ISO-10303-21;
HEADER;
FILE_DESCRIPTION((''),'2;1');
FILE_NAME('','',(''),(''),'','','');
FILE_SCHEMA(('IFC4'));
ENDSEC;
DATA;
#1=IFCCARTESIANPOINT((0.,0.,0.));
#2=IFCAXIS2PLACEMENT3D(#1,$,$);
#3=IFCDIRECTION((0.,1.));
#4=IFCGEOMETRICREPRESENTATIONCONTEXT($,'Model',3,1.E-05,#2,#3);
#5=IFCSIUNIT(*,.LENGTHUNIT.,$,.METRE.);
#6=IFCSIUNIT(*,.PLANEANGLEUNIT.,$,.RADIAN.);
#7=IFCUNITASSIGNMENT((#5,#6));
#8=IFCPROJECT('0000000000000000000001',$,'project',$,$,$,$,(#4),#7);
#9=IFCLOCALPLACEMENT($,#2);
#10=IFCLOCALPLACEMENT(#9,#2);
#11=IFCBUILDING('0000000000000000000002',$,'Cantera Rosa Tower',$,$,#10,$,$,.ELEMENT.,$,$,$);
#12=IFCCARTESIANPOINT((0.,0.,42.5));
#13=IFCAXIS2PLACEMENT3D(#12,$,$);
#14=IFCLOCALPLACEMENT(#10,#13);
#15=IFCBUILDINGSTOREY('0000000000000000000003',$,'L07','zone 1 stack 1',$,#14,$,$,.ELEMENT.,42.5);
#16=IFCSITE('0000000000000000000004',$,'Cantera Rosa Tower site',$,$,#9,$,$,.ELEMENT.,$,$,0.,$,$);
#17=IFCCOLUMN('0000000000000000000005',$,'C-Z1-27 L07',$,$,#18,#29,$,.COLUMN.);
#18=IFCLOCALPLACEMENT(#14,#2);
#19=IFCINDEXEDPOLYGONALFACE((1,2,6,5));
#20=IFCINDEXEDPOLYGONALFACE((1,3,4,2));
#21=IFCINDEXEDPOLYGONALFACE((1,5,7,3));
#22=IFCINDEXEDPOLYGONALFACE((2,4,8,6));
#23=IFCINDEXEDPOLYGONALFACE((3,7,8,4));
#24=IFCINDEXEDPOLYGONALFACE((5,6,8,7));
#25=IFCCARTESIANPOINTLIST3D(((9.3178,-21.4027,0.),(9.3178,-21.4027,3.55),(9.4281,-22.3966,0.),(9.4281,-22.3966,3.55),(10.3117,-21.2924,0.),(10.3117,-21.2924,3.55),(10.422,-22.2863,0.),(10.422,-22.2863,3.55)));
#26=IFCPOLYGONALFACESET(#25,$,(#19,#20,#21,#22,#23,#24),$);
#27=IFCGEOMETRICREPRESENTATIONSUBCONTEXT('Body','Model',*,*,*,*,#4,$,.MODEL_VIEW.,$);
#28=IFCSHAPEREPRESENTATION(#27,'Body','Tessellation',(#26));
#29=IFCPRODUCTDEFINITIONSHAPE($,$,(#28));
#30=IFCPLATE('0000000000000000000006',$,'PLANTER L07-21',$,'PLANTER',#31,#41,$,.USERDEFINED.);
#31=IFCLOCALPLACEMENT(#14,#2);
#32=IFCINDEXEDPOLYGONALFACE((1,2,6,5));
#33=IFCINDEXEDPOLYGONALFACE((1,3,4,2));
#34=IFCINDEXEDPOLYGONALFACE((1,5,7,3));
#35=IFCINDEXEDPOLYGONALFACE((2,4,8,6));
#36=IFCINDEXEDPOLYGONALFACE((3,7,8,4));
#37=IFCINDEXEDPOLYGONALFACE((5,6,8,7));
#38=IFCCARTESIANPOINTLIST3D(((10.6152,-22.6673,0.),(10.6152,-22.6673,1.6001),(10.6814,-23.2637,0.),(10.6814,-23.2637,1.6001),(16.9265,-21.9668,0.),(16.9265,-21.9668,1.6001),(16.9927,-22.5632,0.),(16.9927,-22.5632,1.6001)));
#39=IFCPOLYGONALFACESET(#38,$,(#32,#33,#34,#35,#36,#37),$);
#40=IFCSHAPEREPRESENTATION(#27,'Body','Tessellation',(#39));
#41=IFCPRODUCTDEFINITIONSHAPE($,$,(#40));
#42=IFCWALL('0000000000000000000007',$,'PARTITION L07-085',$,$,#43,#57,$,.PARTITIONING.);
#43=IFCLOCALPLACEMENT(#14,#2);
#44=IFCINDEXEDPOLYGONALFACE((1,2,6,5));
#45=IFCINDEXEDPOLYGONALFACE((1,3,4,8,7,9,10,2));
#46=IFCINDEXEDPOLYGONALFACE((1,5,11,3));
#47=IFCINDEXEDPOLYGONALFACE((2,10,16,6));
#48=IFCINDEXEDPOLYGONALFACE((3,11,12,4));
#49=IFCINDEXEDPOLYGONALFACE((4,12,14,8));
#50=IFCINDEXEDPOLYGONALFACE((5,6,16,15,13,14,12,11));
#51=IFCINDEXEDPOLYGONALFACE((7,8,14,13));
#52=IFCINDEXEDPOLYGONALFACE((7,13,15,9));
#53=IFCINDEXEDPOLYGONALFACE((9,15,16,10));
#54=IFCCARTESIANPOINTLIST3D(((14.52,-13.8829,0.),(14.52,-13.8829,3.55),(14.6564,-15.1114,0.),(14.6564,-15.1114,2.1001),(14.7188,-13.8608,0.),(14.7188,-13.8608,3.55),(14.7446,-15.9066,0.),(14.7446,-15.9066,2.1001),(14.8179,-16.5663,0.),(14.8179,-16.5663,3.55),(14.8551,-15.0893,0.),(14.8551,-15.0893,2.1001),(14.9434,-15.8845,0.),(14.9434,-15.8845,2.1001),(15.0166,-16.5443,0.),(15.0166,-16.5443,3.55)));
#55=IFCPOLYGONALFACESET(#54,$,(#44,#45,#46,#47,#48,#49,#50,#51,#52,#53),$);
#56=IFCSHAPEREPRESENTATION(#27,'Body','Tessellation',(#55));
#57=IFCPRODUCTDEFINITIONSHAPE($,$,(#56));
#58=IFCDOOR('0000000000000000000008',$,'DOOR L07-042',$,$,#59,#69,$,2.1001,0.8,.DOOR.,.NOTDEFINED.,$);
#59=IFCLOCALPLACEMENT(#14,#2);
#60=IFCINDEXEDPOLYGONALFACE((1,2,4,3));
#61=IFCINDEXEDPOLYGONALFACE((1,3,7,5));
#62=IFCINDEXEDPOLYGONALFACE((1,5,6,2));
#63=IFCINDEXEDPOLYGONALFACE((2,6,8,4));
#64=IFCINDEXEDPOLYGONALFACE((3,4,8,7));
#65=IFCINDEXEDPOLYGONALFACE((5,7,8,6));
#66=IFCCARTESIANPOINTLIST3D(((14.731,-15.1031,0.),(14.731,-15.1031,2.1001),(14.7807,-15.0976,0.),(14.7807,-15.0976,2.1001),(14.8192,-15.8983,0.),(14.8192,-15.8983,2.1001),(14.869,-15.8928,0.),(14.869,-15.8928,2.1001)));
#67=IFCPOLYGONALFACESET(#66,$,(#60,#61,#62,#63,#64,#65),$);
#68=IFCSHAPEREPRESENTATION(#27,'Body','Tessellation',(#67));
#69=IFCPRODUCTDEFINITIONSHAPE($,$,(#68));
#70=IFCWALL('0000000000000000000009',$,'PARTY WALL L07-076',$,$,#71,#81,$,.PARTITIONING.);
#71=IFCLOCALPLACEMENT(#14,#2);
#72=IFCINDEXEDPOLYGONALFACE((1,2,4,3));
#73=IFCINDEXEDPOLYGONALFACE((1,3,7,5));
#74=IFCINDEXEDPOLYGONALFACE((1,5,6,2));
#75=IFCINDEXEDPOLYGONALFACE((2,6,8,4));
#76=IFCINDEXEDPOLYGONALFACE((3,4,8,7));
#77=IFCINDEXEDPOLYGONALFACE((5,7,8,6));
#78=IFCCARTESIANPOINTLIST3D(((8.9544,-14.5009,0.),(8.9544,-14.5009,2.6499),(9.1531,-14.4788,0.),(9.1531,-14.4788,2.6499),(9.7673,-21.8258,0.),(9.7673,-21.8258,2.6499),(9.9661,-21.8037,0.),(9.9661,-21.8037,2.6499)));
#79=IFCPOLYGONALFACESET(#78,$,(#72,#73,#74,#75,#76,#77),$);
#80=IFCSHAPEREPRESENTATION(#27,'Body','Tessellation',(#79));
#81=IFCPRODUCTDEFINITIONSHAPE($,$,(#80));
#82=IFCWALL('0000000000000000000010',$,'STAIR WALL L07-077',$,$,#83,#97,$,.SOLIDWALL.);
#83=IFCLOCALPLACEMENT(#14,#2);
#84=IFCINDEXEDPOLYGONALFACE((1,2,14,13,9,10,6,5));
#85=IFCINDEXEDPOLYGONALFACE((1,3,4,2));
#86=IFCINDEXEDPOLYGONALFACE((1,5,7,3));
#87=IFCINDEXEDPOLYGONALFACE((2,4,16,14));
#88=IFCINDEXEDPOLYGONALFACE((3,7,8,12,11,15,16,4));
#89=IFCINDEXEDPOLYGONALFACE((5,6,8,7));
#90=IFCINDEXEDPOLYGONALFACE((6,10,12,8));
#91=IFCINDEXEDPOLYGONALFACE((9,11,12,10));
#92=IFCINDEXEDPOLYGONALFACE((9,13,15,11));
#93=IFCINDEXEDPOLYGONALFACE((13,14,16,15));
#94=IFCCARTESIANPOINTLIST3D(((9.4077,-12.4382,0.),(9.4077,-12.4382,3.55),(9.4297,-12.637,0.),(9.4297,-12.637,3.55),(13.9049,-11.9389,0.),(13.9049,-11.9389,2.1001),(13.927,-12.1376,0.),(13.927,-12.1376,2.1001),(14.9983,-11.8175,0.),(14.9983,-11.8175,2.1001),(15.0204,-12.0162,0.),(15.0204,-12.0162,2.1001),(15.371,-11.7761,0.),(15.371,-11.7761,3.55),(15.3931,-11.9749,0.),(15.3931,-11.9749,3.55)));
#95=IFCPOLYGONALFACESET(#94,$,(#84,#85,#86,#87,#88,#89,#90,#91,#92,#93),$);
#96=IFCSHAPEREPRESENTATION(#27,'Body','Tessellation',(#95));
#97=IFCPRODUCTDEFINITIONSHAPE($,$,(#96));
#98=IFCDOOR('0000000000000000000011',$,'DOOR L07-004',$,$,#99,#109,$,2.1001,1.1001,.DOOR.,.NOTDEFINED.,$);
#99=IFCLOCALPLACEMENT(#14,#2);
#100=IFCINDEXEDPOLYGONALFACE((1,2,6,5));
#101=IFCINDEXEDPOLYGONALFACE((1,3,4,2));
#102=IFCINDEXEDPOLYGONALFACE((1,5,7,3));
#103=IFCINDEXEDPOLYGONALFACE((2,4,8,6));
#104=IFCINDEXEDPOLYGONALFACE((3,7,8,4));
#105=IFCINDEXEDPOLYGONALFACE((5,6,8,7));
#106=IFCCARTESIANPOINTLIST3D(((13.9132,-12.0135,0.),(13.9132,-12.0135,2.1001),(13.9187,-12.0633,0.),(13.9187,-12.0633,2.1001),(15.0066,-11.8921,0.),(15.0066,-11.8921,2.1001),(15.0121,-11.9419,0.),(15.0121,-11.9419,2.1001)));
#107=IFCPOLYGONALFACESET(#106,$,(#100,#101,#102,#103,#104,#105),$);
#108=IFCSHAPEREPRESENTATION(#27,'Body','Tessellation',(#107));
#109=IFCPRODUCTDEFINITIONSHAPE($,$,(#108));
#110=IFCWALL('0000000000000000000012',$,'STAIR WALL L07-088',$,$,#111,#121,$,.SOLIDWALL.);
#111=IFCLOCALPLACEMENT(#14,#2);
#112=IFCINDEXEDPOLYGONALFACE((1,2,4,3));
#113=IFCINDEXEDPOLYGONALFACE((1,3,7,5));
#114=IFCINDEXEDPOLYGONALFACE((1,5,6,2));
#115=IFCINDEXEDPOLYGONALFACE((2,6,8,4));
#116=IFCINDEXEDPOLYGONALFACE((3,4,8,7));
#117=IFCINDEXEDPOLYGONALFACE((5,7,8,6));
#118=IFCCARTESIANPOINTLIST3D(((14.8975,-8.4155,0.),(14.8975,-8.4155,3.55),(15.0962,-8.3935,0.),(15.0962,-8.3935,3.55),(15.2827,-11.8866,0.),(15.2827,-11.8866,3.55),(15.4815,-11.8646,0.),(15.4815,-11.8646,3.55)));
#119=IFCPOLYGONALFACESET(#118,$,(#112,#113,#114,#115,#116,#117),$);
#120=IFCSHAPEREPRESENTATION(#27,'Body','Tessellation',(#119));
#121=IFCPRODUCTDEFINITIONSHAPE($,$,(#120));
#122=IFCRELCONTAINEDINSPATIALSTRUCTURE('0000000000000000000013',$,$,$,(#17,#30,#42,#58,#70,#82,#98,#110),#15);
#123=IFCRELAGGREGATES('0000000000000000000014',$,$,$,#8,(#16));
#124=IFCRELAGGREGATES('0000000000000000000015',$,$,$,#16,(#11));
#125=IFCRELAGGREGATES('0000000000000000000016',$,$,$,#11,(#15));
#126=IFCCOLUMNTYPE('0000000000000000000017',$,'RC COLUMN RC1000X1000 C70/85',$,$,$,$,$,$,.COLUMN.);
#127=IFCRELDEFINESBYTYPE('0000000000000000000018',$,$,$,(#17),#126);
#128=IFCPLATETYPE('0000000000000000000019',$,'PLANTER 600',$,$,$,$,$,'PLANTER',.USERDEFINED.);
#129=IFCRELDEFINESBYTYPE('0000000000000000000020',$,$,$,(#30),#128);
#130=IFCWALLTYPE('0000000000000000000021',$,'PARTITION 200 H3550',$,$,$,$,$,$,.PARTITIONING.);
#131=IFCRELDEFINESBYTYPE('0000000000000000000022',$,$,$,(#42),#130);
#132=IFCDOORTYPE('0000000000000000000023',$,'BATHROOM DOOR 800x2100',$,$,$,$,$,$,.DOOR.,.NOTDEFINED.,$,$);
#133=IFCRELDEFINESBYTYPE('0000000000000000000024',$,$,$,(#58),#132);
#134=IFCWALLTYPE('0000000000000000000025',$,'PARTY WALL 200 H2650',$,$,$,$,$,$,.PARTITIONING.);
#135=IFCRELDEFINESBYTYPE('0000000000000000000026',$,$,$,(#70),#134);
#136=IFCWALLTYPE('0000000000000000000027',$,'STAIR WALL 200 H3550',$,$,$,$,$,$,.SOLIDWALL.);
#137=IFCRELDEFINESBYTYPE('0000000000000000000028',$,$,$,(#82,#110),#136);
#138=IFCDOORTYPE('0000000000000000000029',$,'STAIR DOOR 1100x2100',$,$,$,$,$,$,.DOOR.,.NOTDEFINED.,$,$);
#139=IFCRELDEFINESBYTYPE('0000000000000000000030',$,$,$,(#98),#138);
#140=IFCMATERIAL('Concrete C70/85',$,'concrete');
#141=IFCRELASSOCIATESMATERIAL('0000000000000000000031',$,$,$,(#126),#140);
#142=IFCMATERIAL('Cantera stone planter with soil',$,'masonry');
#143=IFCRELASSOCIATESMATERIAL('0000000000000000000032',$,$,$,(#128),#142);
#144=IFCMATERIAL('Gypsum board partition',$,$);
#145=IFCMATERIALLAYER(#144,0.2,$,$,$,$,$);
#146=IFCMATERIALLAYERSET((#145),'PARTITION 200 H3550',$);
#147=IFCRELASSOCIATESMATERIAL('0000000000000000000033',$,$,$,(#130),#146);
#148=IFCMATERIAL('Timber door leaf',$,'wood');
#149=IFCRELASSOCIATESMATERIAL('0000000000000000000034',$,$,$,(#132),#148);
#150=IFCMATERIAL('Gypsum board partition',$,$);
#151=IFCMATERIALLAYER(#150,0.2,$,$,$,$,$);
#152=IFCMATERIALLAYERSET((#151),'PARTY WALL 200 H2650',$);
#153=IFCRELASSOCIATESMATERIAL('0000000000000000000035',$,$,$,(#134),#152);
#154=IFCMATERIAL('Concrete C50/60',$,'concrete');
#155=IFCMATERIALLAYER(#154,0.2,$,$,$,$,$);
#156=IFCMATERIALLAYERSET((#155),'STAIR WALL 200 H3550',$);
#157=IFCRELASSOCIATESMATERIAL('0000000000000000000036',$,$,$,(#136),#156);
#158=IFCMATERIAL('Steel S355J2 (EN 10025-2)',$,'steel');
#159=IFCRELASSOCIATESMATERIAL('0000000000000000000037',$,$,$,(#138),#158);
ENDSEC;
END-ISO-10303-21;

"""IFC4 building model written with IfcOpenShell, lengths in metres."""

from ifc_helpers import new_model, si_unit, direction, frame, frame_2d, origin, origin_2d, place, context, subcontext, project, spatial, rectangle, extrude, material, layer, layer_set, material_profile, profile_set, type_object, element, fill, save


model = new_model("IFC4")

# Units and contexts
model_context = context("Model", 3, precision=1e-05, world=origin(), true_north=direction((0.0, 1.0)))
body_context = subcontext(model_context, "Body", "Model", "MODEL_VIEW")
ifc_project = project(units=[si_unit("LENGTHUNIT", "METRE"), si_unit("PLANEANGLEUNIT", "RADIAN")], contexts=[model_context])

# Site, building, storey
site_placement = place(None, origin())
site = spatial("IfcSite", under=ifc_project, at=site_placement, Name="Cantera Rosa Tower site", CompositionType="ELEMENT", RefElevation=0.0)
building_placement = place(site_placement, origin())
building = spatial("IfcBuilding", under=site, at=building_placement, Name="Cantera Rosa Tower", CompositionType="ELEMENT")
storey_placement = place(building_placement, frame((0.0, 0.0, 42.5)))
storey = spatial("IfcBuildingStorey", under=building, at=storey_placement, Name="L07", Description="zone 1 stack 1", CompositionType="ELEMENT", Elevation=42.5)

# Column
ifc_material_1 = material(Name="Concrete C70/85", Category="concrete")
ifc_material_profile = material_profile(ifc_material_1, rectangle(XDim=1.0, YDim=1.0, at=origin_2d()), Name="RC COLUMN RC1000X1000 C70/85")
ifc_profile_set = profile_set([ifc_material_profile], Name="Concrete C70/85")
column_type = type_object("IfcColumnType", Name="RC COLUMN RC1000X1000 C70/85", PredefinedType="COLUMN", material=ifc_profile_set)
column_placement = place(storey_placement, frame((9.8699, -21.8445, 0.0), z_axis=(0.0, 0.0, 1.0), x_axis=(0.993897, 0.110313, 0.0)))
element("IfcColumn", 1, at=column_placement, inside=storey, type_object=column_type, Name="C-Z1-27 L07", PredefinedType="COLUMN", context=body_context, shape_type="SweptSolid", body=[
    extrude(rectangle(XDim=1.0, YDim=1.0, at=origin_2d()), origin(), (0.0, 0.0, 1.0), 3.55),
])

# Plate
ifc_material_2 = material(Name="Cantera stone planter with soil", Category="masonry")
plate_type = type_object("IfcPlateType", Name="PLANTER 600", ElementType="PLANTER", PredefinedType="USERDEFINED", material=ifc_material_2)
plate_placement = place(storey_placement, frame((13.804, -22.6152, 0.0), z_axis=(0.0, 0.0, 1.0), x_axis=(0.993897, 0.110313, 0.0)))
element("IfcPlate", 2, at=plate_placement, inside=storey, type_object=plate_type, Name="PLANTER L07-21", ObjectType="PLANTER", PredefinedType="USERDEFINED", context=body_context, shape_type="SweptSolid", body=[
    extrude(rectangle(XDim=6.3501, YDim=0.6001, at=origin_2d()), origin(), (0.0, 0.0, 1.0), 1.6001),
])

# Wall, opening, door
ifc_material_3 = material(Name="Gypsum board partition")
ifc_layer_1 = layer(ifc_material_3, 0.2)
ifc_layer_set_1 = layer_set([ifc_layer_1], Name="PARTITION 200 H3550")
wall_type_1 = type_object("IfcWallType", Name="PARTITION 200 H3550", PredefinedType="PARTITIONING", material=ifc_layer_set_1)
wall_1_placement = place(storey_placement, frame((14.9172, -16.5554, 0.0), z_axis=(0.0, 0.0, 1.0), x_axis=(-0.110312, 0.993897, 0.0)))
wall_1 = element("IfcWall", 3, at=wall_1_placement, inside=storey, type_object=wall_type_1, Name="PARTITION L07-085", PredefinedType="PARTITIONING", context=body_context, shape_type="SweptSolid", body=[
    extrude(rectangle(XDim=2.7, YDim=0.2, at=frame_2d((1.3501, 0.0))), origin(), (0.0, 0.0, 1.0), 3.55),
])
opening_1_placement = place(wall_1_placement, frame((0.6641, 0.0, 0.0)))
opening_1 = element("IfcOpeningElement", 4, at=opening_1_placement, cuts=wall_1, PredefinedType="OPENING", context=body_context, shape_type="SweptSolid", body=[
    extrude(rectangle(XDim=0.8, YDim=2.1001, at=frame_2d((0.3999, 1.05))), frame((0.0, 0.1099, 0.0), z_axis=(0.0, -1.0, 0.0), x_axis=(1.0, 0.0, 0.0)), (0.0, 0.0, 1.0), 0.22),
])
ifc_material_4 = material(Name="Timber door leaf", Category="wood")
door_type_1 = type_object("IfcDoorType", Name="BATHROOM DOOR 800x2100", OperationType="NOTDEFINED", PredefinedType="DOOR", material=ifc_material_4)
door_1_placement = place(opening_1_placement, origin())
door_1 = element("IfcDoor", 5, at=door_1_placement, inside=storey, type_object=door_type_1, Name="DOOR L07-042", OperationType="NOTDEFINED", OverallHeight=2.1001, OverallWidth=0.8, PredefinedType="DOOR", context=body_context, shape_type="SweptSolid", body=[
    extrude(rectangle(XDim=0.8, YDim=2.1001, at=frame_2d((0.3999, 1.05))), frame((0.0, 0.0249, 0.0), z_axis=(0.0, -1.0, 0.0), x_axis=(1.0, 0.0, 0.0)), (0.0, 0.0, 1.0), 0.05),
])
fill(opening_1, door_1)

# Wall
ifc_material_5 = material(Name="Gypsum board partition")
ifc_layer_2 = layer(ifc_material_5, 0.2)
ifc_layer_set_2 = layer_set([ifc_layer_2], Name="PARTY WALL 200 H2650")
wall_type_2 = type_object("IfcWallType", Name="PARTY WALL 200 H2650", PredefinedType="PARTITIONING", material=ifc_layer_set_2)
wall_2_placement = place(storey_placement, frame((9.0537, -14.4897, 0.0), z_axis=(0.0, 0.0, 1.0), x_axis=(0.110312, -0.993897, 0.0)))
element("IfcWall", 6, at=wall_2_placement, inside=storey, type_object=wall_type_2, Name="PARTY WALL L07-076", PredefinedType="PARTITIONING", context=body_context, shape_type="SweptSolid", body=[
    extrude(rectangle(XDim=7.3699, YDim=0.2, at=frame_2d((3.6851, 0.0))), origin(), (0.0, 0.0, 1.0), 2.6499),
])

# Wall, opening, door
ifc_material_6 = material(Name="Concrete C50/60", Category="concrete")
ifc_layer_3 = layer(ifc_material_6, 0.2)
ifc_layer_set_3 = layer_set([ifc_layer_3], Name="STAIR WALL 200 H3550")
wall_type_3 = type_object("IfcWallType", Name="STAIR WALL 200 H3550", PredefinedType="SOLIDWALL", material=ifc_layer_set_3)
wall_3_placement = place(storey_placement, frame((9.4187, -12.5376, 0.0), z_axis=(0.0, 0.0, 1.0), x_axis=(0.993893, 0.110351, 0.0)))
wall_3 = element("IfcWall", 7, at=wall_3_placement, inside=storey, type_object=wall_type_3, Name="STAIR WALL L07-077", PredefinedType="SOLIDWALL", context=body_context, shape_type="SweptSolid", body=[
    extrude(rectangle(XDim=6.0, YDim=0.2, at=frame_2d((3.0, 0.0))), origin(), (0.0, 0.0, 1.0), 3.55),
])
opening_2_placement = place(wall_3_placement, frame((4.5249, 0.0, 0.0)))
opening_2 = element("IfcOpeningElement", 8, at=opening_2_placement, cuts=wall_3, PredefinedType="OPENING", context=body_context, shape_type="SweptSolid", body=[
    extrude(rectangle(XDim=1.1001, YDim=2.1001, at=frame_2d((0.55, 1.05))), frame((0.0, 0.1099, 0.0), z_axis=(0.0, -1.0, 0.0), x_axis=(1.0, 0.0, 0.0)), (0.0, 0.0, 1.0), 0.22),
])
ifc_material_7 = material(Name="Steel S355J2 (EN 10025-2)", Category="steel")
door_type_2 = type_object("IfcDoorType", Name="STAIR DOOR 1100x2100", OperationType="NOTDEFINED", PredefinedType="DOOR", material=ifc_material_7)
door_2_placement = place(opening_2_placement, origin())
door_2 = element("IfcDoor", 9, at=door_2_placement, inside=storey, type_object=door_type_2, Name="DOOR L07-004", OperationType="NOTDEFINED", OverallHeight=2.1001, OverallWidth=1.1001, PredefinedType="DOOR", context=body_context, shape_type="SweptSolid", body=[
    extrude(rectangle(XDim=1.1001, YDim=2.1001, at=frame_2d((0.55, 1.05))), frame((0.0, 0.0249, 0.0), z_axis=(0.0, -1.0, 0.0), x_axis=(1.0, 0.0, 0.0)), (0.0, 0.0, 1.0), 0.05),
])
fill(opening_2, door_2)

# Wall
wall_4_placement = place(storey_placement, frame((15.3821, -11.8755, 0.0), z_axis=(0.0, 0.0, 1.0), x_axis=(-0.110309, 0.993897, 0.0)))
element("IfcWall", 10, at=wall_4_placement, inside=storey, type_object=wall_type_3, Name="STAIR WALL L07-088", PredefinedType="SOLIDWALL", context=body_context, shape_type="SweptSolid", body=[
    extrude(rectangle(XDim=3.4924, YDim=0.2, at=frame_2d((1.7461, 0.0))), origin(), (0.0, 0.0, 1.0), 3.55),
])

save(model, "model.ifc")
